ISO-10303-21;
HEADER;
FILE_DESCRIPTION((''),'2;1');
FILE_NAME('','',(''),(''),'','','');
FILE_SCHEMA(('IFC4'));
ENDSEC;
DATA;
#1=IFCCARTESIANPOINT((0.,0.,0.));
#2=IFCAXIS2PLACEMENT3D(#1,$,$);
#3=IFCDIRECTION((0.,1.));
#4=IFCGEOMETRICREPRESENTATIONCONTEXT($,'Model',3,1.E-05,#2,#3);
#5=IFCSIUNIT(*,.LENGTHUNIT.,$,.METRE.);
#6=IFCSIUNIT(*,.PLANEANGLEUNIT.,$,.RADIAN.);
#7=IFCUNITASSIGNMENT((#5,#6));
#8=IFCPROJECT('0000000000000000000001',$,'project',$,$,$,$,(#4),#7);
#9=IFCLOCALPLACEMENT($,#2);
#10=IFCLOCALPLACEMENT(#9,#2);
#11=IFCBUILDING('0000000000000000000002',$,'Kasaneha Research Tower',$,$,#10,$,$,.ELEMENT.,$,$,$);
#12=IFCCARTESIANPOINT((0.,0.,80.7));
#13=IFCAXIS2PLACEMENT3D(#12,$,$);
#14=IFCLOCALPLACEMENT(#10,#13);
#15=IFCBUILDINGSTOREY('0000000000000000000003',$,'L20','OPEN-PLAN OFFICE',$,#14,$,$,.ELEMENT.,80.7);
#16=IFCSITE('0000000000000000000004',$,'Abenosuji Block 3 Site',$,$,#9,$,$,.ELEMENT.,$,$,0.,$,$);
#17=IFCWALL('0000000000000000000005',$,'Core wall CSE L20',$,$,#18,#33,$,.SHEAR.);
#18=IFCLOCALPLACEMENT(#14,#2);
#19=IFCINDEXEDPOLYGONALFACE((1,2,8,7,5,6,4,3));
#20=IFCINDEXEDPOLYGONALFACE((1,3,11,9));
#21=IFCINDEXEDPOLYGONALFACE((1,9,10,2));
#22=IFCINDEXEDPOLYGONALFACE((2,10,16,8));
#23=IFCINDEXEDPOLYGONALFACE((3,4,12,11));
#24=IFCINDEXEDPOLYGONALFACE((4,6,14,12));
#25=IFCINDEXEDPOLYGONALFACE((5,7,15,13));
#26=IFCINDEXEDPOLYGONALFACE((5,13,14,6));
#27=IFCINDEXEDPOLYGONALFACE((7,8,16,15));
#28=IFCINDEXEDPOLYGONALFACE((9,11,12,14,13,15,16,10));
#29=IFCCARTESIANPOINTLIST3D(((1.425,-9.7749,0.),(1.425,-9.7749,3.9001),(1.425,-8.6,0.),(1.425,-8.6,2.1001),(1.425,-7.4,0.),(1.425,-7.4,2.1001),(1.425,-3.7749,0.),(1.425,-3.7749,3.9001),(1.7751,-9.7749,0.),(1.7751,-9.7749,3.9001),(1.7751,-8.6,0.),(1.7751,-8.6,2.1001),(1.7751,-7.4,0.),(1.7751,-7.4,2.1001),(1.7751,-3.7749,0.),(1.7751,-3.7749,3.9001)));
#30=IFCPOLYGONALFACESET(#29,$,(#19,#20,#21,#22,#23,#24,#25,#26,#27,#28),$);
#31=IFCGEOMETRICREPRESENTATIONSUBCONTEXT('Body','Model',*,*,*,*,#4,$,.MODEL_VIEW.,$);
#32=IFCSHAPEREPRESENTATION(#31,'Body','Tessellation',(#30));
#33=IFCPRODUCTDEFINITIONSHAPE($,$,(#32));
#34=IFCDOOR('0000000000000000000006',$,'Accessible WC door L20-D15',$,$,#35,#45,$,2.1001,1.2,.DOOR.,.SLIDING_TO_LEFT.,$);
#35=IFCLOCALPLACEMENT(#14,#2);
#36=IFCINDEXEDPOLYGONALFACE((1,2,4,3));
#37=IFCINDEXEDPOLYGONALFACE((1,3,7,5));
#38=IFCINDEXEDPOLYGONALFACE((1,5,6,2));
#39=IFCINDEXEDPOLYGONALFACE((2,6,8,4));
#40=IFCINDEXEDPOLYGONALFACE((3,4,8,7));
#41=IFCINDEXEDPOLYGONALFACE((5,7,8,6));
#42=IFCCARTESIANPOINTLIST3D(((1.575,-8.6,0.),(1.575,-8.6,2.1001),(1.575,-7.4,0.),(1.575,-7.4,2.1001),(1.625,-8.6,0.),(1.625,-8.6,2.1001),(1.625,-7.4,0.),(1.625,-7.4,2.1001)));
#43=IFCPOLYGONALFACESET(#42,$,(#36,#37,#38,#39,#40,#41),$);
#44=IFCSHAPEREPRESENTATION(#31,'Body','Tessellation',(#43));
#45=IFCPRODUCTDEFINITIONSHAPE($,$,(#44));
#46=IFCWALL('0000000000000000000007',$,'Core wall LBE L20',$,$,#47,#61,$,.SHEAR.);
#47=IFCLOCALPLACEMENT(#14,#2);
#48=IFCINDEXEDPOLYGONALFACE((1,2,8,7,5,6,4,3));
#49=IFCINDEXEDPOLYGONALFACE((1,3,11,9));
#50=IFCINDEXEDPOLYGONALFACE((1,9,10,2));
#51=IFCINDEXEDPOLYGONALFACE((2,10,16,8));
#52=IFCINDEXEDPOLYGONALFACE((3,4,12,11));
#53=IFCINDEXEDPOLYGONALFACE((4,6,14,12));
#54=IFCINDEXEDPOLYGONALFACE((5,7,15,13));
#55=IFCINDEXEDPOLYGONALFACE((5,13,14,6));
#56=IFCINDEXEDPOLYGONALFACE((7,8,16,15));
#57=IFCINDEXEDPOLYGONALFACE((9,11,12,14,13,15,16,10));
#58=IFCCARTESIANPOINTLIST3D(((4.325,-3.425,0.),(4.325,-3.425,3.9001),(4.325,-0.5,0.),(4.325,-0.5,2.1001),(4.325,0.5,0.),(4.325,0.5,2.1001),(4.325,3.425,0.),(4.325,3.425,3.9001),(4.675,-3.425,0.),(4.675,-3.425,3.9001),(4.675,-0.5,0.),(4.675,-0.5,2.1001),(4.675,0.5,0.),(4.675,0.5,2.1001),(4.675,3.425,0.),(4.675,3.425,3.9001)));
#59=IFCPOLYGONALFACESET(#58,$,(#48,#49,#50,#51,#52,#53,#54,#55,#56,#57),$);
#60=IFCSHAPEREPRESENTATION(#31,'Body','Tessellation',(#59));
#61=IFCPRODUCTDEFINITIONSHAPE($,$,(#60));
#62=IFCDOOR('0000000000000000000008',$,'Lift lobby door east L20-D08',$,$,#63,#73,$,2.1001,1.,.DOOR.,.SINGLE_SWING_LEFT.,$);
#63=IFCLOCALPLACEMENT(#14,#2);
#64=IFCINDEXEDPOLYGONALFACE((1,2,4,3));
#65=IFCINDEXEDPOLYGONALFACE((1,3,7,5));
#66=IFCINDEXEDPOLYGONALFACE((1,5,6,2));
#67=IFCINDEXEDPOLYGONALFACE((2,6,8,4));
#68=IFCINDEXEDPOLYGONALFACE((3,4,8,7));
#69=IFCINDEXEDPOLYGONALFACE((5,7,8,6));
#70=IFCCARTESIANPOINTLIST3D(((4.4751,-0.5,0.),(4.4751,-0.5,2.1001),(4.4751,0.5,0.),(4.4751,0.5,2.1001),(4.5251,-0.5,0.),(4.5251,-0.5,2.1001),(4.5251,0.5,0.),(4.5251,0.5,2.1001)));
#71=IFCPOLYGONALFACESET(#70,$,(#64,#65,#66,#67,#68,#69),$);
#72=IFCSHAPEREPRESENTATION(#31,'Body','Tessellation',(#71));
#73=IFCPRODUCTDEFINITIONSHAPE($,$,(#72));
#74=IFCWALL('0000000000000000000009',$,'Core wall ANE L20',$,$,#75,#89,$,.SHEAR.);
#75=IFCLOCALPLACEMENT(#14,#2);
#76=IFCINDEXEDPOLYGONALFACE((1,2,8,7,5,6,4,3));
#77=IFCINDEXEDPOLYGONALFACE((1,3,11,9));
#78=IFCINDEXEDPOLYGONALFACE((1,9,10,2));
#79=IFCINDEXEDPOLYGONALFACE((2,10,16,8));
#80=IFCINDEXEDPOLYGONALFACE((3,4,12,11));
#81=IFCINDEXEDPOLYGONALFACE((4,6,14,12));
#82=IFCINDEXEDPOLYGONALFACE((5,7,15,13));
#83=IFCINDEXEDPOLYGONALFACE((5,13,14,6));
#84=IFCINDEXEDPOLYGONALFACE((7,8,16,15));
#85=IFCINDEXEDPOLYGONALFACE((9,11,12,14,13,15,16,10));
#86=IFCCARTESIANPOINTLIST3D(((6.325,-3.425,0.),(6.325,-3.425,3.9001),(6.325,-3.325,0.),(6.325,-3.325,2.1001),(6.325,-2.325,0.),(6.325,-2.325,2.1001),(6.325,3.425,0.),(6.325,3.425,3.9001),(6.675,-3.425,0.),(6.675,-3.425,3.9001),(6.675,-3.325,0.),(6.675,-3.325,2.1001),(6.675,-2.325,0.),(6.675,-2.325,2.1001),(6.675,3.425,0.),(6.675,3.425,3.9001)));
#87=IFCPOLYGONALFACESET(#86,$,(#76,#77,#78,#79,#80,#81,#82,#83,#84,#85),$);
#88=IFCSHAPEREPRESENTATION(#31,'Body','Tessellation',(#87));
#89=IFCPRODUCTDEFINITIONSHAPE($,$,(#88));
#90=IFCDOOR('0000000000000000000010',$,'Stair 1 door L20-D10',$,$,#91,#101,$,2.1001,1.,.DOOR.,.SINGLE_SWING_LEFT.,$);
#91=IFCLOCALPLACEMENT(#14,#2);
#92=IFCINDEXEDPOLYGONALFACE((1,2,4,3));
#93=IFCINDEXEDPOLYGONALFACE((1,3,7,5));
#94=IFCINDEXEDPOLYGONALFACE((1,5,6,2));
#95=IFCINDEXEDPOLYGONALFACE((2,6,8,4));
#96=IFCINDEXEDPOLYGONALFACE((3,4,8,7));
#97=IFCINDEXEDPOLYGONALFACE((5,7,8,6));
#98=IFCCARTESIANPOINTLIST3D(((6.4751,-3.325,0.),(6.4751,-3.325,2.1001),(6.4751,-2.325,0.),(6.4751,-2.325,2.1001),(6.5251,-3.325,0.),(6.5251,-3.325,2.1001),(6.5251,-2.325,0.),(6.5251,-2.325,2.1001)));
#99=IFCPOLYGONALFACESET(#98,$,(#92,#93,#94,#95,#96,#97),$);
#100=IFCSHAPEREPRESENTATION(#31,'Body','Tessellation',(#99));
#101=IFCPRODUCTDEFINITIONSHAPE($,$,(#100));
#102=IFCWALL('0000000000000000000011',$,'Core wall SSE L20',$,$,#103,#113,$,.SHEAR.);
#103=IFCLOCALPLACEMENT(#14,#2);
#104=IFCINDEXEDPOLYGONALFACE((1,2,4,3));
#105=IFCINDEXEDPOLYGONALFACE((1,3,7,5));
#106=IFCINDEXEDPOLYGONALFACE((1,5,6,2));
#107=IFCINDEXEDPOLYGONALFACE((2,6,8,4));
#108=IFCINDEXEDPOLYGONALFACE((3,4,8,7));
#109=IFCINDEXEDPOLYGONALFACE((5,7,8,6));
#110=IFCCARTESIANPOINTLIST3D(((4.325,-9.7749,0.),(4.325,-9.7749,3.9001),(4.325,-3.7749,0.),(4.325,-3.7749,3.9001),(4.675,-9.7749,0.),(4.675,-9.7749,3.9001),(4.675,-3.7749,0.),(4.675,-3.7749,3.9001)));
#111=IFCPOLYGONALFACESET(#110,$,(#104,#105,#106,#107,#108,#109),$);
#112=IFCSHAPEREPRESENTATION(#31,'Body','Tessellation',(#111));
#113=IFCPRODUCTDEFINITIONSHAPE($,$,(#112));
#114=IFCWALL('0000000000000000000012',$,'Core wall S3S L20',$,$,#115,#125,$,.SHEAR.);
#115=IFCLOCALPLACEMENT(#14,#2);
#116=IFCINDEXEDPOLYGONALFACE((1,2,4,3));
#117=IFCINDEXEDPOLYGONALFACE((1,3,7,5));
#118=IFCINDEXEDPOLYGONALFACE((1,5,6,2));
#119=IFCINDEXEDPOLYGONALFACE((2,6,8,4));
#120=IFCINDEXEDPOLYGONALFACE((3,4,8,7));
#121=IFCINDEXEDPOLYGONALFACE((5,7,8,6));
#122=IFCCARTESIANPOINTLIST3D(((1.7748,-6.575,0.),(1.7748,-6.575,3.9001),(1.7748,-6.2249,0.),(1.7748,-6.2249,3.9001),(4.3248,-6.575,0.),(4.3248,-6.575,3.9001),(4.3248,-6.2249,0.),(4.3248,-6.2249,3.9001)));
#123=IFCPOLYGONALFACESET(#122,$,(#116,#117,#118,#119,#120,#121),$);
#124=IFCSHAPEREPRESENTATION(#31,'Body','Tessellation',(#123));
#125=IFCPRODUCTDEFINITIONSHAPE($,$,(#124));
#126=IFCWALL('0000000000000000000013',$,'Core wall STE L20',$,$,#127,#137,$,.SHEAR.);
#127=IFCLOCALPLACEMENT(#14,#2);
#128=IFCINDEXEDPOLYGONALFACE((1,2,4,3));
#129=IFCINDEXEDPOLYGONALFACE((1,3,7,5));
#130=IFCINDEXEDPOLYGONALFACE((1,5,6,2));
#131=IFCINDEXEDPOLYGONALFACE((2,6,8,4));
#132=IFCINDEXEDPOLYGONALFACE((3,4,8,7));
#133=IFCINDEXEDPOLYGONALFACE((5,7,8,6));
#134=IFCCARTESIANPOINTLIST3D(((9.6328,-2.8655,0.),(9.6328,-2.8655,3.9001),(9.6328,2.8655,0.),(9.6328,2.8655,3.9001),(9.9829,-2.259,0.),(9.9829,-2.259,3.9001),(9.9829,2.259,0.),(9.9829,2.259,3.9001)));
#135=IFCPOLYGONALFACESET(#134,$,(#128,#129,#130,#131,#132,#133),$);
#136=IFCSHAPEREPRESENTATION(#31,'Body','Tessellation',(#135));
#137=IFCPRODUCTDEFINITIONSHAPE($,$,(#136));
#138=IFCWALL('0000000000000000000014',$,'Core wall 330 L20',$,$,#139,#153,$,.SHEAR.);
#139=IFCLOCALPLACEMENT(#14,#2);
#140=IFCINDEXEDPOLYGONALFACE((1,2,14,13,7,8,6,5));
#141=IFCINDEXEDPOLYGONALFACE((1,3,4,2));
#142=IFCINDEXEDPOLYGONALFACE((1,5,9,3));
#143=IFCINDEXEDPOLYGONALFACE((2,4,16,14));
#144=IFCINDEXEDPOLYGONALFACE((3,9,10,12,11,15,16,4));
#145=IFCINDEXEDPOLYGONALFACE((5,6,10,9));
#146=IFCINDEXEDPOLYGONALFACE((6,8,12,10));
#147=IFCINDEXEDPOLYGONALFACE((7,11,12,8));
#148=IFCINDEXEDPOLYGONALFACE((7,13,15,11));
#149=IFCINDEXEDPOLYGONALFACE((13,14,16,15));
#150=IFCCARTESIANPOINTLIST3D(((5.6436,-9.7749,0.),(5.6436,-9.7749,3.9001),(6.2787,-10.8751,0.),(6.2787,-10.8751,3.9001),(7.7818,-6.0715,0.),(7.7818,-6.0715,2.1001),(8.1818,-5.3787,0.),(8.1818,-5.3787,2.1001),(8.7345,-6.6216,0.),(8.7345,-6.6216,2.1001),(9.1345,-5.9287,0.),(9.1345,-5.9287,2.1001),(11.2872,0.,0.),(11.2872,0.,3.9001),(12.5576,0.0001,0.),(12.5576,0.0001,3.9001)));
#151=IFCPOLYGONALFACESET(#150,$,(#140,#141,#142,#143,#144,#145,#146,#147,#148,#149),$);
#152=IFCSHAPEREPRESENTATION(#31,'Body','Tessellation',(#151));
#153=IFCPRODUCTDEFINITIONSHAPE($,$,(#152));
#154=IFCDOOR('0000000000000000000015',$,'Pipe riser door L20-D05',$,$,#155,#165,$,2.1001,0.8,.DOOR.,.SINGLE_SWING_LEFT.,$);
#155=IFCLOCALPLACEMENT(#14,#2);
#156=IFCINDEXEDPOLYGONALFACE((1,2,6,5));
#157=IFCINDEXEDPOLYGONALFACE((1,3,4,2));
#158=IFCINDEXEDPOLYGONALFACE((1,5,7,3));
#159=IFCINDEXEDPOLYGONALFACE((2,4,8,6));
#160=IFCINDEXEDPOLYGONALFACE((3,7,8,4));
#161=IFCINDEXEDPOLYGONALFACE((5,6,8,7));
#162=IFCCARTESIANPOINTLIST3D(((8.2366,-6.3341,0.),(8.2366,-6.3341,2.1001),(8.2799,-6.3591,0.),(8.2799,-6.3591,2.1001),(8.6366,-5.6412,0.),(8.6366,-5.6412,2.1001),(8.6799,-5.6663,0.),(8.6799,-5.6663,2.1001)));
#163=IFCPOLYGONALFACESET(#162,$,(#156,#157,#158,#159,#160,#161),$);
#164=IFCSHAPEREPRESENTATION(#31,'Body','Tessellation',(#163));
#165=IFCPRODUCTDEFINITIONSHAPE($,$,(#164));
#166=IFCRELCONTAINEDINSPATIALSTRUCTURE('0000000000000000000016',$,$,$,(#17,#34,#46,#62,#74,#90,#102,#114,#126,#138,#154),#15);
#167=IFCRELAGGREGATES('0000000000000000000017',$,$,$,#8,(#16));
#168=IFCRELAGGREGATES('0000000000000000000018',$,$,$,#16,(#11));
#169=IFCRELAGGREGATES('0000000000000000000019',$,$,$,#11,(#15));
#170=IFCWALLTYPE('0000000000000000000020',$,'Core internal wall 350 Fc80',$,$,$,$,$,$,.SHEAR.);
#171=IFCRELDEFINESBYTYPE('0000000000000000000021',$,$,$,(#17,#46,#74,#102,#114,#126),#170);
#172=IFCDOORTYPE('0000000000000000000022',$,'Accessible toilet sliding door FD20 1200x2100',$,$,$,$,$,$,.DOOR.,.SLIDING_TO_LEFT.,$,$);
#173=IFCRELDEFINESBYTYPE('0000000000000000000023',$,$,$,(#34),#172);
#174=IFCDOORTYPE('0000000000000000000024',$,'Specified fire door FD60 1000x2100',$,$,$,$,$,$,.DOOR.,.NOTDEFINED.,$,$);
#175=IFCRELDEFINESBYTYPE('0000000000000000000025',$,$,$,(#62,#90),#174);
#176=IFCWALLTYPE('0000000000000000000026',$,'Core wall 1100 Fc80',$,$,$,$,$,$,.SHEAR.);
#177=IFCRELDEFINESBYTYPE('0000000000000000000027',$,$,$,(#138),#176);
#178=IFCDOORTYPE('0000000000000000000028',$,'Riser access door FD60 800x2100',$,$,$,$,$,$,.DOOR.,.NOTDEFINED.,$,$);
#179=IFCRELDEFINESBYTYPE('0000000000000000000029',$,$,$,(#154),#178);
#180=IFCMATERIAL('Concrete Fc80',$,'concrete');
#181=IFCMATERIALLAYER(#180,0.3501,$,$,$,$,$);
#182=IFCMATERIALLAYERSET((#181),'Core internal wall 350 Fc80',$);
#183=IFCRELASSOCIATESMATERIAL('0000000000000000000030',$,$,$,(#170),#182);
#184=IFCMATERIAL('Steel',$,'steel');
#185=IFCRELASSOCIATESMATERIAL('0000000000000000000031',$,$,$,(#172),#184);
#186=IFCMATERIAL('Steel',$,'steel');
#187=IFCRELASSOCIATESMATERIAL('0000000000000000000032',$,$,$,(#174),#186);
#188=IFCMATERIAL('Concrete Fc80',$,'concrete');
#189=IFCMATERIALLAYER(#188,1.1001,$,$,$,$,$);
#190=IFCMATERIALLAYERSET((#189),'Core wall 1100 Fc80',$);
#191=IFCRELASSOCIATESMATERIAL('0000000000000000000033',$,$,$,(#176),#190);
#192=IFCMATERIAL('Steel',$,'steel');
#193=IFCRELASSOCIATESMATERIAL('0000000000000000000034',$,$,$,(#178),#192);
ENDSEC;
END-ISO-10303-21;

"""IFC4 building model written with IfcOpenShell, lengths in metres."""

from ifc_helpers import new_model, si_unit, direction, frame, frame_2d, origin, place, context, subcontext, project, spatial, polyline, rectangle, outline, extrude, material, layer, layer_set, type_object, element, fill, save


model = new_model("IFC4")

# Units and contexts
model_context = context("Model", 3, precision=1e-05, world=origin(), true_north=direction((0.0, 1.0)))
body_context = subcontext(model_context, "Body", "Model", "MODEL_VIEW")
ifc_project = project(units=[si_unit("LENGTHUNIT", "METRE"), si_unit("PLANEANGLEUNIT", "RADIAN")], contexts=[model_context])

# Site, building, storey
site_placement = place(None, origin())
site = spatial("IfcSite", under=ifc_project, at=site_placement, Name="Abenosuji Block 3 Site", CompositionType="ELEMENT", RefElevation=0.0)
building_placement = place(site_placement, origin())
building = spatial("IfcBuilding", under=site, at=building_placement, Name="Kasaneha Research Tower", CompositionType="ELEMENT")
storey_placement = place(building_placement, frame((0.0, 0.0, 80.7)))
storey = spatial("IfcBuildingStorey", under=building, at=storey_placement, Name="L20", Description="OPEN-PLAN OFFICE", CompositionType="ELEMENT", Elevation=80.7)

# Walls, openings, doors
ifc_material_1 = material(Name="Concrete Fc80", Category="concrete")
ifc_layer_1 = layer(ifc_material_1, 0.3501)
ifc_layer_set_1 = layer_set([ifc_layer_1], Name="Core internal wall 350 Fc80")
wall_type_1 = type_object("IfcWallType", Name="Core internal wall 350 Fc80", PredefinedType="SHEAR", material=ifc_layer_set_1)
wall_1_placement = place(storey_placement, frame((1.6001, -3.7749, 0.0), z_axis=(0.0, 0.0, 1.0), x_axis=(0.0, -1.0, 0.0)))
wall_1 = element("IfcWall", 1, at=wall_1_placement, inside=storey, type_object=wall_type_1, Name="Core wall CSE L20", PredefinedType="SHEAR", context=body_context, shape_type="SweptSolid", body=[
    extrude(rectangle(XDim=6.0, YDim=0.3501, at=frame_2d((3.0, 0.0))), origin(), (0.0, 0.0, 1.0), 3.9001),
])
opening_1_placement = place(wall_1_placement, frame((3.625, 0.0, 0.0)))
opening_1 = element("IfcOpeningElement", 2, at=opening_1_placement, cuts=wall_1, PredefinedType="OPENING", context=body_context, shape_type="SweptSolid", body=[
    extrude(rectangle(XDim=1.2, YDim=2.1001, at=frame_2d((0.6001, 1.05))), frame((0.0, 0.1851, 0.0), z_axis=(0.0, -1.0, 0.0), x_axis=(1.0, 0.0, 0.0)), (0.0, 0.0, 1.0), 0.3701),
])
ifc_material_2 = material(Name="Steel", Category="steel")
door_type_1 = type_object("IfcDoorType", Name="Accessible toilet sliding door FD20 1200x2100", OperationType="SLIDING_TO_LEFT", PredefinedType="DOOR", material=ifc_material_2)
door_1_placement = place(opening_1_placement, origin())
door_1 = element("IfcDoor", 3, at=door_1_placement, inside=storey, type_object=door_type_1, Name="Accessible WC door L20-D15", OperationType="SLIDING_TO_LEFT", OverallHeight=2.1001, OverallWidth=1.2, PredefinedType="DOOR", context=body_context, shape_type="SweptSolid", body=[
    extrude(rectangle(XDim=1.2, YDim=2.1001, at=frame_2d((0.6001, 1.05))), frame((0.0, 0.0249, 0.0), z_axis=(0.0, -1.0, 0.0), x_axis=(1.0, 0.0, 0.0)), (0.0, 0.0, 1.0), 0.05),
])
fill(opening_1, door_1)
wall_2_placement = place(storey_placement, frame((4.5, -3.425, 0.0), z_axis=(0.0, 0.0, 1.0), x_axis=(0.0, 1.0, 0.0)))
wall_2 = element("IfcWall", 4, at=wall_2_placement, inside=storey, type_object=wall_type_1, Name="Core wall LBE L20", PredefinedType="SHEAR", context=body_context, shape_type="SweptSolid", body=[
    extrude(rectangle(XDim=6.8501, YDim=0.3501, at=frame_2d((3.425, 0.0))), origin(), (0.0, 0.0, 1.0), 3.9001),
])
opening_2_placement = place(wall_2_placement, frame((2.925, 0.0, 0.0)))
opening_2 = element("IfcOpeningElement", 5, at=opening_2_placement, cuts=wall_2, PredefinedType="OPENING", context=body_context, shape_type="SweptSolid", body=[
    extrude(rectangle(XDim=1.0, YDim=2.1001, at=frame_2d((0.5, 1.05))), frame((0.0, 0.1851, 0.0), z_axis=(0.0, -1.0, 0.0), x_axis=(1.0, 0.0, 0.0)), (0.0, 0.0, 1.0), 0.3701),
])
ifc_material_3 = material(Name="Steel", Category="steel")
door_type_2 = type_object("IfcDoorType", Name="Specified fire door FD60 1000x2100", OperationType="NOTDEFINED", PredefinedType="DOOR", material=ifc_material_3)
door_2_placement = place(opening_2_placement, origin())
door_2 = element("IfcDoor", 6, at=door_2_placement, inside=storey, type_object=door_type_2, Name="Lift lobby door east L20-D08", OperationType="SINGLE_SWING_LEFT", OverallHeight=2.1001, OverallWidth=1.0, PredefinedType="DOOR", context=body_context, shape_type="SweptSolid", body=[
    extrude(rectangle(XDim=1.0, YDim=2.1001, at=frame_2d((0.5, 1.05))), frame((0.0, 0.0249, 0.0), z_axis=(0.0, -1.0, 0.0), x_axis=(1.0, 0.0, 0.0)), (0.0, 0.0, 1.0), 0.05),
])
fill(opening_2, door_2)
wall_3_placement = place(storey_placement, frame((6.5, -3.425, 0.0), z_axis=(0.0, 0.0, 1.0), x_axis=(0.0, 1.0, 0.0)))
wall_3 = element("IfcWall", 7, at=wall_3_placement, inside=storey, type_object=wall_type_1, Name="Core wall ANE L20", PredefinedType="SHEAR", context=body_context, shape_type="SweptSolid", body=[
    extrude(rectangle(XDim=6.8501, YDim=0.3501, at=frame_2d((3.425, 0.0))), origin(), (0.0, 0.0, 1.0), 3.9001),
])
opening_3_placement = place(wall_3_placement, frame((0.1001, 0.0, 0.0)))
opening_3 = element("IfcOpeningElement", 8, at=opening_3_placement, cuts=wall_3, PredefinedType="OPENING", context=body_context, shape_type="SweptSolid", body=[
    extrude(rectangle(XDim=1.0, YDim=2.1001, at=frame_2d((0.5, 1.05))), frame((0.0, 0.1851, 0.0), z_axis=(0.0, -1.0, 0.0), x_axis=(1.0, 0.0, 0.0)), (0.0, 0.0, 1.0), 0.3701),
])
door_3_placement = place(opening_3_placement, origin())
door_3 = element("IfcDoor", 9, at=door_3_placement, inside=storey, type_object=door_type_2, Name="Stair 1 door L20-D10", OperationType="SINGLE_SWING_LEFT", OverallHeight=2.1001, OverallWidth=1.0, PredefinedType="DOOR", context=body_context, shape_type="SweptSolid", body=[
    extrude(rectangle(XDim=1.0, YDim=2.1001, at=frame_2d((0.5, 1.05))), frame((0.0, 0.0249, 0.0), z_axis=(0.0, -1.0, 0.0), x_axis=(1.0, 0.0, 0.0)), (0.0, 0.0, 1.0), 0.05),
])
fill(opening_3, door_3)

# Walls
wall_4_placement = place(storey_placement, frame((4.5, -3.7749, 0.0), z_axis=(0.0, 0.0, 1.0), x_axis=(0.0, -1.0, 0.0)))
element("IfcWall", 10, at=wall_4_placement, inside=storey, type_object=wall_type_1, Name="Core wall SSE L20", PredefinedType="SHEAR", context=body_context, shape_type="SweptSolid", body=[
    extrude(rectangle(XDim=6.0, YDim=0.3501, at=frame_2d((3.0, 0.0))), origin(), (0.0, 0.0, 1.0), 3.9001),
])
wall_5_placement = place(storey_placement, frame((1.7749, -6.3999, 0.0), z_axis=(0.0, 0.0, 1.0), x_axis=(1.0, 0.0, 0.0)))
element("IfcWall", 11, at=wall_5_placement, inside=storey, type_object=wall_type_1, Name="Core wall S3S L20", PredefinedType="SHEAR", context=body_context, shape_type="SweptSolid", body=[
    extrude(rectangle(XDim=2.55, YDim=0.3501, at=frame_2d((1.2749, 0.0))), origin(), (0.0, 0.0, 1.0), 3.9001),
])
wall_6_placement = place(storey_placement, frame((9.8079, -2.5623, 0.0), z_axis=(0.0, 0.0, 1.0), x_axis=(0.0, 1.0, 0.0)))
element("IfcWall", 12, at=wall_6_placement, inside=storey, type_object=wall_type_1, Name="Core wall STE L20", PredefinedType="SHEAR", context=body_context, shape_type="SweptSolid", body=[
    extrude(outline(polyline([(0.3032, -0.175), (4.8213, -0.175), (5.4277, 0.175), (-0.3032, 0.175), (0.3032, -0.175)])), origin(), (0.0, 0.0, 1.0), 3.9001),
])

# Wall, opening, door
ifc_material_4 = material(Name="Concrete Fc80", Category="concrete")
ifc_layer_2 = layer(ifc_material_4, 1.1001)
ifc_layer_set_2 = layer_set([ifc_layer_2], Name="Core wall 1100 Fc80")
wall_type_2 = type_object("IfcWallType", Name="Core wall 1100 Fc80", PredefinedType="SHEAR", material=ifc_layer_set_2)
wall_7_placement = place(storey_placement, frame((5.9612, -10.325, 0.0), z_axis=(0.0, 0.0, 1.0), x_axis=(0.500004, 0.866023, 0.0)))
wall_7 = element("IfcWall", 13, at=wall_7_placement, inside=storey, type_object=wall_type_2, Name="Core wall 330 L20", PredefinedType="SHEAR", context=body_context, shape_type="SweptSolid", body=[
    extrude(outline(polyline([(-0.3176, -0.55), (4.594, -0.55), (5.394, -0.55), (12.24, -0.55), (11.6047, 0.55), (5.394, 0.55), (4.594, 0.55), (0.3176, 0.55), (-0.3176, -0.55)])), origin(), (0.0, 0.0, 1.0), 3.9001),
])
opening_4_placement = place(wall_7_placement, frame((4.594, 0.0, 0.0)))
opening_4 = element("IfcOpeningElement", 14, at=opening_4_placement, cuts=wall_7, PredefinedType="OPENING", context=body_context, shape_type="SweptSolid", body=[
    extrude(rectangle(XDim=0.8, YDim=2.1001, at=frame_2d((0.3999, 1.05))), frame((0.0, 0.5601, 0.0), z_axis=(0.0, -1.0, 0.0), x_axis=(1.0, 0.0, 0.0)), (0.0, 0.0, 1.0), 1.1201),
])
ifc_material_5 = material(Name="Steel", Category="steel")
door_type_3 = type_object("IfcDoorType", Name="Riser access door FD60 800x2100", OperationType="NOTDEFINED", PredefinedType="DOOR", material=ifc_material_5)
door_4_placement = place(opening_4_placement, origin())
door_4 = element("IfcDoor", 15, at=door_4_placement, inside=storey, type_object=door_type_3, Name="Pipe riser door L20-D05", OperationType="SINGLE_SWING_LEFT", OverallHeight=2.1001, OverallWidth=0.8, PredefinedType="DOOR", context=body_context, shape_type="SweptSolid", body=[
    extrude(rectangle(XDim=0.8, YDim=2.1001, at=frame_2d((0.3999, 1.05))), frame((0.0, 0.0249, 0.0), z_axis=(0.0, -1.0, 0.0), x_axis=(1.0, 0.0, 0.0)), (0.0, 0.0, 1.0), 0.05),
])
fill(opening_4, door_4)

save(model, "model.ifc")
